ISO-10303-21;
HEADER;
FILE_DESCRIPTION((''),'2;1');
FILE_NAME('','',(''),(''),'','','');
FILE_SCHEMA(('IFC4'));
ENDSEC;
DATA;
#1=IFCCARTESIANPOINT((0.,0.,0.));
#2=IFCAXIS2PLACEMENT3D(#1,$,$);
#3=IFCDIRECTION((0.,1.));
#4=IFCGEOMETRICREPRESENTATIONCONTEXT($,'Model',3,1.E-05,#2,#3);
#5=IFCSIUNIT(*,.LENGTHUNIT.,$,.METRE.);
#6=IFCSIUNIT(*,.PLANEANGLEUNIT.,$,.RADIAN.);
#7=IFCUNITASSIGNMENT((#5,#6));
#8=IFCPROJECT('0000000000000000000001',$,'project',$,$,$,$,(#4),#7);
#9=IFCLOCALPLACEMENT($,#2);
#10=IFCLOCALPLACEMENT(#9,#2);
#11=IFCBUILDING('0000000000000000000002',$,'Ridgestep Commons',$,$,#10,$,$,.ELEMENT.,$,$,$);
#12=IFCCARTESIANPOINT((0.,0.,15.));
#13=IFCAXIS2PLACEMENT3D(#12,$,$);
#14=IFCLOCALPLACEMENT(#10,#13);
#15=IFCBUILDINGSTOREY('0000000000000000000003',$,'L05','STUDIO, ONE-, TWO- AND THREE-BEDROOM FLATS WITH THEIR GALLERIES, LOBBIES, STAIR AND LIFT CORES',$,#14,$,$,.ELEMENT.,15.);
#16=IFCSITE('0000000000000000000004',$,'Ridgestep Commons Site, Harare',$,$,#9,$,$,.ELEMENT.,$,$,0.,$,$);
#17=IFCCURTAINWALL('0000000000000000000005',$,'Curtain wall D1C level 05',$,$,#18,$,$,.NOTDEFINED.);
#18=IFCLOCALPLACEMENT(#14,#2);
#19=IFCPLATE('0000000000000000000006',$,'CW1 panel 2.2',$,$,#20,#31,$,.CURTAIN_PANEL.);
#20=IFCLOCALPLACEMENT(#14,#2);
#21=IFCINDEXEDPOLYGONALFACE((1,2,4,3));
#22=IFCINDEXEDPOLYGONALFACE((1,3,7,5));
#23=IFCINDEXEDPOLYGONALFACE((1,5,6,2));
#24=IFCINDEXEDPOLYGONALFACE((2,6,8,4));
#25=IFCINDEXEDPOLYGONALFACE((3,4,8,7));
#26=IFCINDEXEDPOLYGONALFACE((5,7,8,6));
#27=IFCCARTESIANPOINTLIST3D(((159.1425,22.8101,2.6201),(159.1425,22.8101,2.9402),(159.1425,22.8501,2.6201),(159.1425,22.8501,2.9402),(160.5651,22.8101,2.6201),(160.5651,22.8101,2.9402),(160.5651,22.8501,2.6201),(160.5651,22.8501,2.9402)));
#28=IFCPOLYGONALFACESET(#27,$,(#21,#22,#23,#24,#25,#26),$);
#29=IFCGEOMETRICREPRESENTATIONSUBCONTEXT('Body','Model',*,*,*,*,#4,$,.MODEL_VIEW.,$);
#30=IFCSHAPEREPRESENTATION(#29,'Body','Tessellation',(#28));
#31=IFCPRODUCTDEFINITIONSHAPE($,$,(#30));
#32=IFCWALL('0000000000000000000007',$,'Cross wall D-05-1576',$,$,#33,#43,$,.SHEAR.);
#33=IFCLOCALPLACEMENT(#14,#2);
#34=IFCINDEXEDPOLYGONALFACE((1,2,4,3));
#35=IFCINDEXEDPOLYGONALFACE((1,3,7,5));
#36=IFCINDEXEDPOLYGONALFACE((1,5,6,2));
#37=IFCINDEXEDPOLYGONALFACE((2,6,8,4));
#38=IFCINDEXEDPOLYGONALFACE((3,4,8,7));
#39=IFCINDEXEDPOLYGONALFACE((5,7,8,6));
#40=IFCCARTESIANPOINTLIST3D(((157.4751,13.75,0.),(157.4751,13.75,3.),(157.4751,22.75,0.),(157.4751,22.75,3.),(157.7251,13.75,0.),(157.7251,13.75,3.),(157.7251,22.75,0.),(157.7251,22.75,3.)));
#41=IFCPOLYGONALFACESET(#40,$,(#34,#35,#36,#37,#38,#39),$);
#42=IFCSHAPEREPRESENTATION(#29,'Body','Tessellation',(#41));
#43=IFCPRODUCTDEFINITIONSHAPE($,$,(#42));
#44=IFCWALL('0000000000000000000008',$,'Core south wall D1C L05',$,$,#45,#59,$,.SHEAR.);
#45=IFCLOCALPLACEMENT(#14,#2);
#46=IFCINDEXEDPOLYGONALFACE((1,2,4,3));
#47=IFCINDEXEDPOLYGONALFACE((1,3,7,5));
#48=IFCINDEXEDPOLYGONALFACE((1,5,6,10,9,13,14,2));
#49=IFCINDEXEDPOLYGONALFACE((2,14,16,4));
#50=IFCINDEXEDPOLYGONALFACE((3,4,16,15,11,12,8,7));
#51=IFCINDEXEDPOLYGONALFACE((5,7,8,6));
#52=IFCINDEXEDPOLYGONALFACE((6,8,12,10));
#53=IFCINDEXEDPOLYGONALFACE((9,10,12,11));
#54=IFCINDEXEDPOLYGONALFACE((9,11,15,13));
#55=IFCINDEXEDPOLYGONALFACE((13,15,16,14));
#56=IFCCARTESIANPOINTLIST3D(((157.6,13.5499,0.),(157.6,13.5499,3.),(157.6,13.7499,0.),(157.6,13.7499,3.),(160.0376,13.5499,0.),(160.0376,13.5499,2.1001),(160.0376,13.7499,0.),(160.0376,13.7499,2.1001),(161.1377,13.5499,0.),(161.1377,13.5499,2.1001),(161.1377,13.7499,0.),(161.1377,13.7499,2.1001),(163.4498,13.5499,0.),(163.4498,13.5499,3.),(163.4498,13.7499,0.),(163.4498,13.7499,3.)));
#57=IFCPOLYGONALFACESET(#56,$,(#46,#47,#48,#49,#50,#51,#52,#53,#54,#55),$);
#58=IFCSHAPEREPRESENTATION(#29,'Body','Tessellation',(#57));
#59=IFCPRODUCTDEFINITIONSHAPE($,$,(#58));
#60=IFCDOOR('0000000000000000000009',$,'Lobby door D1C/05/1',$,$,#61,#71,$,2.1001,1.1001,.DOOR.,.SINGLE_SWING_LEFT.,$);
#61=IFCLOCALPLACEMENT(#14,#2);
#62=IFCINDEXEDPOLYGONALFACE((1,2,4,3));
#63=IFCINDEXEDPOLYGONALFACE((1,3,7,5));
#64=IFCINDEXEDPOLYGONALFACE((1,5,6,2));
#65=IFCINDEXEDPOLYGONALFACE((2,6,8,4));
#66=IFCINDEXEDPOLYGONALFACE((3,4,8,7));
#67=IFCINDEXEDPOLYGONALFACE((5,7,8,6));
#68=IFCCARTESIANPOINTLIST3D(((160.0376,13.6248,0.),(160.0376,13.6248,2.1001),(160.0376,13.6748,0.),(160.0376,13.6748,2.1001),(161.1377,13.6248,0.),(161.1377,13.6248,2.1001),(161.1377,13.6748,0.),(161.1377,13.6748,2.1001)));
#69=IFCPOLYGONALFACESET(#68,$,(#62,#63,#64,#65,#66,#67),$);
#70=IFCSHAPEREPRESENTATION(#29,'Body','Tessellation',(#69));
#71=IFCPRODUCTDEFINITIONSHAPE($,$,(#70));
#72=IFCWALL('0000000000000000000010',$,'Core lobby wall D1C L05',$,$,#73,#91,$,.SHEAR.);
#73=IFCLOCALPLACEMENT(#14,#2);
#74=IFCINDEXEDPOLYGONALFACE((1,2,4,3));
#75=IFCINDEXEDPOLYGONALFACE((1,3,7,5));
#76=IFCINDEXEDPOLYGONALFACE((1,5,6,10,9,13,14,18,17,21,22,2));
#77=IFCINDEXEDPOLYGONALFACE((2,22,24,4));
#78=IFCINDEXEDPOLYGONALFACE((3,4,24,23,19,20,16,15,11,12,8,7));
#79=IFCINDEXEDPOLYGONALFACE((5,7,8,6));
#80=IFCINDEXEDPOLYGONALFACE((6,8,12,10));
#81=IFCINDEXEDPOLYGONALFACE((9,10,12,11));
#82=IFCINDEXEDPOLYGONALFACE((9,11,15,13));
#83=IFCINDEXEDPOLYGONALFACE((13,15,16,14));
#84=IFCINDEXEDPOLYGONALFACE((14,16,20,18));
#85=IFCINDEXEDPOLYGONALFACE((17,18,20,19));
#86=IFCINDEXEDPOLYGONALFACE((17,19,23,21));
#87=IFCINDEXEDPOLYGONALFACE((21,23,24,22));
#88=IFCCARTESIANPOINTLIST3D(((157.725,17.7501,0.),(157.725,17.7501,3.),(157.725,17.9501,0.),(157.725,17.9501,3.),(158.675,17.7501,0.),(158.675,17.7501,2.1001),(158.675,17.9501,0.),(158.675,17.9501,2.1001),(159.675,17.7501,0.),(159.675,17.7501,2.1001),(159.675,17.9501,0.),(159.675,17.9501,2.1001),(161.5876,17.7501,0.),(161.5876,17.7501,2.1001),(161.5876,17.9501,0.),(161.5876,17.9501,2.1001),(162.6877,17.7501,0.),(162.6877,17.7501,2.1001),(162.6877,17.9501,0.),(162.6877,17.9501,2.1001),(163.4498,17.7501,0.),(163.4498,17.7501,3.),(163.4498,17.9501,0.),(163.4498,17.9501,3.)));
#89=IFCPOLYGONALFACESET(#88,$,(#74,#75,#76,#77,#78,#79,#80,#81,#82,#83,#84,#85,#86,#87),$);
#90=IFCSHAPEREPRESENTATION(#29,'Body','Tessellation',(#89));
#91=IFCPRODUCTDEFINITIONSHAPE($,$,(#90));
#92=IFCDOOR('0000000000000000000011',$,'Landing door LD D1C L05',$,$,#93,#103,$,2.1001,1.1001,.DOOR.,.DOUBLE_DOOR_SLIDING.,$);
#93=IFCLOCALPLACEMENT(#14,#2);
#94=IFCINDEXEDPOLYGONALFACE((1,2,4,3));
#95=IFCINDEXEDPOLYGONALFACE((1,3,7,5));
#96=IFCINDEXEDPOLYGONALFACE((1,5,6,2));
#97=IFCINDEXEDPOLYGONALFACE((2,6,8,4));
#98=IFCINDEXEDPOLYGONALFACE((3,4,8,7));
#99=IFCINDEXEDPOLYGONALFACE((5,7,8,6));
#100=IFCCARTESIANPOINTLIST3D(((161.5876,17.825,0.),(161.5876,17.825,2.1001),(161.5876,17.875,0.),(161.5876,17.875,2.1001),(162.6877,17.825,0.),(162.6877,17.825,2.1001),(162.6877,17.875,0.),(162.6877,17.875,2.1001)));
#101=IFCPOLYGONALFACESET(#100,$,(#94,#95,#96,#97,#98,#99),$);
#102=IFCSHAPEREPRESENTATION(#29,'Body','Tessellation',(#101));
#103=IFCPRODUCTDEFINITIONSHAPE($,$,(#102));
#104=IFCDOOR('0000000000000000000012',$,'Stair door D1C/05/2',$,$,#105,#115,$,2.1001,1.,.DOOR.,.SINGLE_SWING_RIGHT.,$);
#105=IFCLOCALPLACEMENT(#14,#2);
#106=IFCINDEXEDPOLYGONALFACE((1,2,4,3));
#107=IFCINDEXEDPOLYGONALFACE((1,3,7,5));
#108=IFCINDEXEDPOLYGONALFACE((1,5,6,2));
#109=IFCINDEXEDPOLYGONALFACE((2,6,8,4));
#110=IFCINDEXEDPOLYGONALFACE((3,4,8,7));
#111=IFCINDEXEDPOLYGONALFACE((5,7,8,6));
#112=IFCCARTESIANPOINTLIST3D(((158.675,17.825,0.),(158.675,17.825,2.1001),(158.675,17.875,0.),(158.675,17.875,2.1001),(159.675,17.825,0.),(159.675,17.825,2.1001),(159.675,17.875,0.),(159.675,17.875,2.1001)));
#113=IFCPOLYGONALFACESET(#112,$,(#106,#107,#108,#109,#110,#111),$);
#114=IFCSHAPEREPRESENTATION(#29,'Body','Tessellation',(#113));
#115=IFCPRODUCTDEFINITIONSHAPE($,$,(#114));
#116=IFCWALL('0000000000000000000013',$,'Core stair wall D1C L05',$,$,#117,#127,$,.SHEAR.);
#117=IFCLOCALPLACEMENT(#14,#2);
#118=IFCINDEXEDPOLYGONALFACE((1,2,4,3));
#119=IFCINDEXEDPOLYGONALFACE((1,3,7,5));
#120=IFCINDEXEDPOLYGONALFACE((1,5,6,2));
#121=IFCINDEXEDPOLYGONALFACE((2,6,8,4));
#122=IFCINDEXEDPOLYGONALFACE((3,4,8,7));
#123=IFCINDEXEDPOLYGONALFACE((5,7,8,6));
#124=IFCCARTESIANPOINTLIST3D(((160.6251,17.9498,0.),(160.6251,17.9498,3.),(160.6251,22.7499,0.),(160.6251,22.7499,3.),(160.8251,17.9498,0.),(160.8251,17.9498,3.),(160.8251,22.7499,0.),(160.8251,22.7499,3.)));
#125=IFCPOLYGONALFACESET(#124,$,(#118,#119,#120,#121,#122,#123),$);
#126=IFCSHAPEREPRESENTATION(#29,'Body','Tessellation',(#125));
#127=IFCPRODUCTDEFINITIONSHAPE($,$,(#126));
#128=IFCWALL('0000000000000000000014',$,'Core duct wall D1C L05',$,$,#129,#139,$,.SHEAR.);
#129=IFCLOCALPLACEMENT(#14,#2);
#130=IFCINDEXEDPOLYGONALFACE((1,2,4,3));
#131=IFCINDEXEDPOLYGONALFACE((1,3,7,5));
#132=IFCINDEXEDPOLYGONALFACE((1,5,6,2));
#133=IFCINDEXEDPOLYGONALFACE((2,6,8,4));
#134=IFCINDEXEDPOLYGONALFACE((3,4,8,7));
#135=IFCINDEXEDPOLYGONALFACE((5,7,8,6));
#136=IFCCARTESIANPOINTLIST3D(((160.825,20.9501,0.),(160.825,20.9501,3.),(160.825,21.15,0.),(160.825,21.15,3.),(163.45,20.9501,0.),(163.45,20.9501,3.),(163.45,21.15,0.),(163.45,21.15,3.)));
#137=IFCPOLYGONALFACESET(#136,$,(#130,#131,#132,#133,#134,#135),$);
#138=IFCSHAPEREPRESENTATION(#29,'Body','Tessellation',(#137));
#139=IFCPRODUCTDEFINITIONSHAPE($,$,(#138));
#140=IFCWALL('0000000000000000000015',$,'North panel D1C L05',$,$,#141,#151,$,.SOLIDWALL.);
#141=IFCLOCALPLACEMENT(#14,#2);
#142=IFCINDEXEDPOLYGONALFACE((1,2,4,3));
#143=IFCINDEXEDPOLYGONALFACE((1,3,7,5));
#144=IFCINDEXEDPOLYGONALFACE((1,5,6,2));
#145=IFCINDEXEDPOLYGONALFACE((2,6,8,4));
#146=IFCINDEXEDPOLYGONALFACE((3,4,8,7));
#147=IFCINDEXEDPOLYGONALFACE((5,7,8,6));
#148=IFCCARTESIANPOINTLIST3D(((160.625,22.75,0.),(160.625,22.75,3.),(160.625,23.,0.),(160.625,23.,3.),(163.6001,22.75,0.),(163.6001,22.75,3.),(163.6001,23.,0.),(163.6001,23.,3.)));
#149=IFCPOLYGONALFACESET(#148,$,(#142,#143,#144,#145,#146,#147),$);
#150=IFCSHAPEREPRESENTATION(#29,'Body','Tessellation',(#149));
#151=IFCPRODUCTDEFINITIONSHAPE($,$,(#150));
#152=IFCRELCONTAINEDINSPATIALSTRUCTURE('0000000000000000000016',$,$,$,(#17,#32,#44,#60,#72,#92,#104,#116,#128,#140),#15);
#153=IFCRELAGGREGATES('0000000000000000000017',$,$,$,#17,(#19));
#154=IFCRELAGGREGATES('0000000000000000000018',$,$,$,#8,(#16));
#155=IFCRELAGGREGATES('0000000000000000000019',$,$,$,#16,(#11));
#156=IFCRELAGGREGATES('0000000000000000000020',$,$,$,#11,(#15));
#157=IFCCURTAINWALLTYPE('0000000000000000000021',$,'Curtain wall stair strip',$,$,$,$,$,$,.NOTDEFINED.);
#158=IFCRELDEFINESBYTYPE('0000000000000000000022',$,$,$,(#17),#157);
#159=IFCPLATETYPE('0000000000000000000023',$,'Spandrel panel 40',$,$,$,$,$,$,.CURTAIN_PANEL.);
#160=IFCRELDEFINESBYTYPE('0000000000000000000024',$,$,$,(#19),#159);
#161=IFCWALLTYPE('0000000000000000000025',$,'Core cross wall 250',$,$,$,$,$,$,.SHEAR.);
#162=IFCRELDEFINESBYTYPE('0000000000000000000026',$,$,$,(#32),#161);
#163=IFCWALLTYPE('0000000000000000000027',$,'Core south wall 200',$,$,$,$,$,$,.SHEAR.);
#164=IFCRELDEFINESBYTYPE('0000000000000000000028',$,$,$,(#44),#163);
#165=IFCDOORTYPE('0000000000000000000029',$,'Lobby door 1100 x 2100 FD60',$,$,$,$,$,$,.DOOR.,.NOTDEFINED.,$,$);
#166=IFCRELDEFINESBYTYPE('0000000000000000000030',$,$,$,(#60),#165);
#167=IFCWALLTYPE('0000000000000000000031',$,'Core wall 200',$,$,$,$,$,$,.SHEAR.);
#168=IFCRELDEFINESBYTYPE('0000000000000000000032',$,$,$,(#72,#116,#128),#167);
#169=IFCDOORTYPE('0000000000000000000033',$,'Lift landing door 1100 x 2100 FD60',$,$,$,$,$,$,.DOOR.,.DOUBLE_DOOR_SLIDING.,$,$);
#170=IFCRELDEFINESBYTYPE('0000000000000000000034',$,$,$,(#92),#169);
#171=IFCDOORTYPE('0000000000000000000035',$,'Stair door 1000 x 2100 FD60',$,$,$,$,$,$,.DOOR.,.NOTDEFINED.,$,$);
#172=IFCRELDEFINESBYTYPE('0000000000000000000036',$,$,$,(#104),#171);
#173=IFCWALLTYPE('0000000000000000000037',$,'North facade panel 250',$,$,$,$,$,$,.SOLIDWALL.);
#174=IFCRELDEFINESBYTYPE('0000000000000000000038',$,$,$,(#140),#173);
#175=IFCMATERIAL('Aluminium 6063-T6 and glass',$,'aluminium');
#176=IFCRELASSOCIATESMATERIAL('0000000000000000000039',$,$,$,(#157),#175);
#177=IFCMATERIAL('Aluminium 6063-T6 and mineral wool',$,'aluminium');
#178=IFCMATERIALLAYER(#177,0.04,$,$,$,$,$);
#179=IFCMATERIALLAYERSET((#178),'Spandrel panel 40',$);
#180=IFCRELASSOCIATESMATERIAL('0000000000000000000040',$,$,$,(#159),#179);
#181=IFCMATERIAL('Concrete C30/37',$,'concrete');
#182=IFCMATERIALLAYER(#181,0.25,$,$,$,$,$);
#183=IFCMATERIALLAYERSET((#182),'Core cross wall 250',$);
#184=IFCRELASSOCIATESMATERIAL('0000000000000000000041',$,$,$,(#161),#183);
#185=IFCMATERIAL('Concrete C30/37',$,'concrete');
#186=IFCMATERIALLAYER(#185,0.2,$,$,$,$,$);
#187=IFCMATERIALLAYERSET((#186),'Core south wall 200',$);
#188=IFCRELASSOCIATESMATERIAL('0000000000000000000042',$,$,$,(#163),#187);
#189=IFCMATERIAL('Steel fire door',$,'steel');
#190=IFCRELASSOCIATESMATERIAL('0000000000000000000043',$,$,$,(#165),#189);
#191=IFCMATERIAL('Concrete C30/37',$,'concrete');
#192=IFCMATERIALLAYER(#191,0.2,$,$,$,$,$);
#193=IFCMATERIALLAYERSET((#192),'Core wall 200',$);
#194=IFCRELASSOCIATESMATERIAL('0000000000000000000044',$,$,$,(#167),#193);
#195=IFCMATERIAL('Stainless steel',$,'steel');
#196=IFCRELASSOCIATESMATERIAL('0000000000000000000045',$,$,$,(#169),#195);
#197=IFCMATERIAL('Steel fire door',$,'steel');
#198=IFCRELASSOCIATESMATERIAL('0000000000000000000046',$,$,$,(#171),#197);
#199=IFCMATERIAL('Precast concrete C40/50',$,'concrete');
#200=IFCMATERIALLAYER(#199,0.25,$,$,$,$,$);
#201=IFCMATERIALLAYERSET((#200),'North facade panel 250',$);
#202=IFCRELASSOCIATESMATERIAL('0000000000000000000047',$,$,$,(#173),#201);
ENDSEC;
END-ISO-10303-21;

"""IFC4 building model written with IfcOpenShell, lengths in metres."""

from ifc_helpers import new_model, si_unit, direction, frame, frame_2d, origin, origin_2d, place, context, subcontext, project, spatial, rectangle, extrude, material, layer, layer_set, type_object, element, fill, aggregate, save


model = new_model("IFC4")

# Units and contexts
model_context = context("Model", 3, precision=1e-05, world=origin(), true_north=direction((0.0, 1.0)))
body_context = subcontext(model_context, "Body", "Model", "MODEL_VIEW")
ifc_project = project(units=[si_unit("LENGTHUNIT", "METRE"), si_unit("PLANEANGLEUNIT", "RADIAN")], contexts=[model_context])

# Site, building, storey
site_placement = place(None, origin())
site = spatial("IfcSite", under=ifc_project, at=site_placement, Name="Ridgestep Commons Site, Harare", CompositionType="ELEMENT", RefElevation=0.0)
building_placement = place(site_placement, origin())
building = spatial("IfcBuilding", under=site, at=building_placement, Name="Ridgestep Commons", CompositionType="ELEMENT")
storey_placement = place(building_placement, frame((0.0, 0.0, 15.0)))
storey = spatial("IfcBuildingStorey", under=building, at=storey_placement, Name="L05", Description="STUDIO, ONE-, TWO- AND THREE-BEDROOM FLATS WITH THEIR GALLERIES, LOBBIES, STAIR AND LIFT CORES", CompositionType="ELEMENT", Elevation=15.0)

# Curtain wall, plate
ifc_material_1 = material(Name="Aluminium 6063-T6 and glass", Category="aluminium")
curtain_wall_type = type_object("IfcCurtainWallType", Name="Curtain wall stair strip", PredefinedType="NOTDEFINED", material=ifc_material_1)
curtain_wall_placement = place(storey_placement, origin())
curtain_wall = element("IfcCurtainWall", 1, at=curtain_wall_placement, inside=storey, type_object=curtain_wall_type, Name="Curtain wall D1C level 05", PredefinedType="NOTDEFINED")
ifc_material_2 = material(Name="Aluminium 6063-T6 and mineral wool", Category="aluminium")
ifc_layer_1 = layer(ifc_material_2, 0.04)
ifc_layer_set_1 = layer_set([ifc_layer_1], Name="Spandrel panel 40")
plate_type_1 = type_object("IfcPlateType", Name="Spandrel panel 40", PredefinedType="CURTAIN_PANEL", material=ifc_layer_set_1)
plate_1_placement = place(storey_placement, frame((159.8538, 22.8301, 2.6201), z_axis=(0.0, 0.0, 1.0), x_axis=(1.0, 0.0, 0.0)))
plate_1 = element("IfcPlate", 2, at=plate_1_placement, type_object=plate_type_1, Name="CW1 panel 2.2", PredefinedType="CURTAIN_PANEL", context=body_context, shape_type="SweptSolid", body=[
    extrude(rectangle(XDim=1.4226, YDim=0.04, at=origin_2d()), origin(), (0.0, 0.0, 1.0), 0.3201),
])
aggregate(curtain_wall, [plate_1])

# Wall
ifc_material_3 = material(Name="Concrete C30/37", Category="concrete")
ifc_layer_2 = layer(ifc_material_3, 0.25)
ifc_layer_set_2 = layer_set([ifc_layer_2], Name="Core cross wall 250")
wall_type_1 = type_object("IfcWallType", Name="Core cross wall 250", PredefinedType="SHEAR", material=ifc_layer_set_2)
wall_1_placement = place(storey_placement, frame((157.6001, 13.75, 0.0), z_axis=(0.0, 0.0, 1.0), x_axis=(0.0, 1.0, 0.0)))
element("IfcWall", 3, at=wall_1_placement, inside=storey, type_object=wall_type_1, Name="Cross wall D-05-1576", PredefinedType="SHEAR", context=body_context, shape_type="SweptSolid", body=[
    extrude(rectangle(XDim=9.0, YDim=0.25, at=frame_2d((4.5, 0.0))), origin(), (0.0, 0.0, 1.0), 3.0),
])

# Wall, opening, door
ifc_material_4 = material(Name="Concrete C30/37", Category="concrete")
ifc_layer_3 = layer(ifc_material_4, 0.2)
ifc_layer_set_3 = layer_set([ifc_layer_3], Name="Core south wall 200")
wall_type_2 = type_object("IfcWallType", Name="Core south wall 200", PredefinedType="SHEAR", material=ifc_layer_set_3)
wall_2_placement = place(storey_placement, frame((157.6001, 13.6499, 0.0), z_axis=(0.0, 0.0, 1.0), x_axis=(1.0, 0.0, 0.0)))
wall_2 = element("IfcWall", 4, at=wall_2_placement, inside=storey, type_object=wall_type_2, Name="Core south wall D1C L05", PredefinedType="SHEAR", context=body_context, shape_type="SweptSolid", body=[
    extrude(rectangle(XDim=5.8499, YDim=0.2, at=frame_2d((2.9248, 0.0))), origin(), (0.0, 0.0, 1.0), 3.0),
])
opening_1_placement = place(wall_2_placement, frame((2.4375, 0.0, 0.0)))
opening_1 = element("IfcOpeningElement", 5, at=opening_1_placement, cuts=wall_2, PredefinedType="OPENING", context=body_context, shape_type="SweptSolid", body=[
    extrude(rectangle(XDim=1.1001, YDim=2.1001, at=frame_2d((0.55, 1.05))), frame((0.0, 0.1099, 0.0), z_axis=(0.0, -1.0, 0.0), x_axis=(1.0, 0.0, 0.0)), (0.0, 0.0, 1.0), 0.22),
])
ifc_material_5 = material(Name="Steel fire door", Category="steel")
door_type_1 = type_object("IfcDoorType", Name="Lobby door 1100 x 2100 FD60", OperationType="NOTDEFINED", PredefinedType="DOOR", material=ifc_material_5)
door_1_placement = place(opening_1_placement, origin())
door_1 = element("IfcDoor", 6, at=door_1_placement, inside=storey, type_object=door_type_1, Name="Lobby door D1C/05/1", OperationType="SINGLE_SWING_LEFT", OverallHeight=2.1001, OverallWidth=1.1001, PredefinedType="DOOR", context=body_context, shape_type="SweptSolid", body=[
    extrude(rectangle(XDim=1.1001, YDim=2.1001, at=frame_2d((0.55, 1.05))), frame((0.0, 0.0249, 0.0), z_axis=(0.0, -1.0, 0.0), x_axis=(1.0, 0.0, 0.0)), (0.0, 0.0, 1.0), 0.05),
])
fill(opening_1, door_1)

# Wall, openings, doors
ifc_material_6 = material(Name="Concrete C30/37", Category="concrete")
ifc_layer_4 = layer(ifc_material_6, 0.2)
ifc_layer_set_4 = layer_set([ifc_layer_4], Name="Core wall 200")
wall_type_3 = type_object("IfcWallType", Name="Core wall 200", PredefinedType="SHEAR", material=ifc_layer_set_4)
wall_3_placement = place(storey_placement, frame((157.7251, 17.8501, 0.0), z_axis=(0.0, 0.0, 1.0), x_axis=(1.0, 0.0, 0.0)))
wall_3 = element("IfcWall", 7, at=wall_3_placement, inside=storey, type_object=wall_type_3, Name="Core lobby wall D1C L05", PredefinedType="SHEAR", context=body_context, shape_type="SweptSolid", body=[
    extrude(rectangle(XDim=5.7249, YDim=0.2, at=frame_2d((2.8623, 0.0))), origin(), (0.0, 0.0, 1.0), 3.0),
])
opening_2_placement = place(wall_3_placement, frame((0.95, 0.0, 0.0)))
opening_2 = element("IfcOpeningElement", 8, at=opening_2_placement, cuts=wall_3, PredefinedType="OPENING", context=body_context, shape_type="SweptSolid", body=[
    extrude(rectangle(XDim=1.0, YDim=2.1001, at=frame_2d((0.5, 1.05))), frame((0.0, 0.1099, 0.0), z_axis=(0.0, -1.0, 0.0), x_axis=(1.0, 0.0, 0.0)), (0.0, 0.0, 1.0), 0.22),
])
opening_3_placement = place(wall_3_placement, frame((3.8625, 0.0, 0.0)))
opening_3 = element("IfcOpeningElement", 9, at=opening_3_placement, cuts=wall_3, PredefinedType="OPENING", context=body_context, shape_type="SweptSolid", body=[
    extrude(rectangle(XDim=1.1001, YDim=2.1001, at=frame_2d((0.55, 1.05))), frame((0.0, 0.1099, 0.0), z_axis=(0.0, -1.0, 0.0), x_axis=(1.0, 0.0, 0.0)), (0.0, 0.0, 1.0), 0.22),
])
ifc_material_7 = material(Name="Stainless steel", Category="steel")
door_type_2 = type_object("IfcDoorType", Name="Lift landing door 1100 x 2100 FD60", OperationType="DOUBLE_DOOR_SLIDING", PredefinedType="DOOR", material=ifc_material_7)
door_2_placement = place(opening_3_placement, origin())
door_2 = element("IfcDoor", 10, at=door_2_placement, inside=storey, type_object=door_type_2, Name="Landing door LD D1C L05", OperationType="DOUBLE_DOOR_SLIDING", OverallHeight=2.1001, OverallWidth=1.1001, PredefinedType="DOOR", context=body_context, shape_type="SweptSolid", body=[
    extrude(rectangle(XDim=1.1001, YDim=2.1001, at=frame_2d((0.55, 1.05))), frame((0.0, 0.0249, 0.0), z_axis=(0.0, -1.0, 0.0), x_axis=(1.0, 0.0, 0.0)), (0.0, 0.0, 1.0), 0.05),
])
fill(opening_3, door_2)
ifc_material_8 = material(Name="Steel fire door", Category="steel")
door_type_3 = type_object("IfcDoorType", Name="Stair door 1000 x 2100 FD60", OperationType="NOTDEFINED", PredefinedType="DOOR", material=ifc_material_8)
door_3_placement = place(opening_2_placement, origin())
door_3 = element("IfcDoor", 11, at=door_3_placement, inside=storey, type_object=door_type_3, Name="Stair door D1C/05/2", OperationType="SINGLE_SWING_RIGHT", OverallHeight=2.1001, OverallWidth=1.0, PredefinedType="DOOR", context=body_context, shape_type="SweptSolid", body=[
    extrude(rectangle(XDim=1.0, YDim=2.1001, at=frame_2d((0.5, 1.05))), frame((0.0, 0.0249, 0.0), z_axis=(0.0, -1.0, 0.0), x_axis=(1.0, 0.0, 0.0)), (0.0, 0.0, 1.0), 0.05),
])
fill(opening_2, door_3)

# Walls
wall_4_placement = place(storey_placement, frame((160.7251, 17.95, 0.0), z_axis=(0.0, 0.0, 1.0), x_axis=(0.0, 1.0, 0.0)))
element("IfcWall", 12, at=wall_4_placement, inside=storey, type_object=wall_type_3, Name="Core stair wall D1C L05", PredefinedType="SHEAR", context=body_context, shape_type="SweptSolid", body=[
    extrude(rectangle(XDim=4.8, YDim=0.2, at=frame_2d((2.3999, 0.0))), origin(), (0.0, 0.0, 1.0), 3.0),
])
wall_5_placement = place(storey_placement, frame((160.825, 21.05, 0.0), z_axis=(0.0, 0.0, 1.0), x_axis=(1.0, 0.0, 0.0)))
element("IfcWall", 13, at=wall_5_placement, inside=storey, type_object=wall_type_3, Name="Core duct wall D1C L05", PredefinedType="SHEAR", context=body_context, shape_type="SweptSolid", body=[
    extrude(rectangle(XDim=2.625, YDim=0.2, at=frame_2d((1.3125, 0.0))), origin(), (0.0, 0.0, 1.0), 3.0),
])
ifc_material_9 = material(Name="Precast concrete C40/50", Category="concrete")
ifc_layer_5 = layer(ifc_material_9, 0.25)
ifc_layer_set_5 = layer_set([ifc_layer_5], Name="North facade panel 250")
wall_type_4 = type_object("IfcWallType", Name="North facade panel 250", PredefinedType="SOLIDWALL", material=ifc_layer_set_5)
wall_6_placement = place(storey_placement, frame((160.625, 22.875, 0.0), z_axis=(0.0, 0.0, 1.0), x_axis=(1.0, 0.0, 0.0)))
element("IfcWall", 14, at=wall_6_placement, inside=storey, type_object=wall_type_4, Name="North panel D1C L05", PredefinedType="SOLIDWALL", context=body_context, shape_type="SweptSolid", body=[
    extrude(rectangle(XDim=2.9751, YDim=0.25, at=frame_2d((1.4875, 0.0))), origin(), (0.0, 0.0, 1.0), 3.0),
])

save(model, "model.ifc")
